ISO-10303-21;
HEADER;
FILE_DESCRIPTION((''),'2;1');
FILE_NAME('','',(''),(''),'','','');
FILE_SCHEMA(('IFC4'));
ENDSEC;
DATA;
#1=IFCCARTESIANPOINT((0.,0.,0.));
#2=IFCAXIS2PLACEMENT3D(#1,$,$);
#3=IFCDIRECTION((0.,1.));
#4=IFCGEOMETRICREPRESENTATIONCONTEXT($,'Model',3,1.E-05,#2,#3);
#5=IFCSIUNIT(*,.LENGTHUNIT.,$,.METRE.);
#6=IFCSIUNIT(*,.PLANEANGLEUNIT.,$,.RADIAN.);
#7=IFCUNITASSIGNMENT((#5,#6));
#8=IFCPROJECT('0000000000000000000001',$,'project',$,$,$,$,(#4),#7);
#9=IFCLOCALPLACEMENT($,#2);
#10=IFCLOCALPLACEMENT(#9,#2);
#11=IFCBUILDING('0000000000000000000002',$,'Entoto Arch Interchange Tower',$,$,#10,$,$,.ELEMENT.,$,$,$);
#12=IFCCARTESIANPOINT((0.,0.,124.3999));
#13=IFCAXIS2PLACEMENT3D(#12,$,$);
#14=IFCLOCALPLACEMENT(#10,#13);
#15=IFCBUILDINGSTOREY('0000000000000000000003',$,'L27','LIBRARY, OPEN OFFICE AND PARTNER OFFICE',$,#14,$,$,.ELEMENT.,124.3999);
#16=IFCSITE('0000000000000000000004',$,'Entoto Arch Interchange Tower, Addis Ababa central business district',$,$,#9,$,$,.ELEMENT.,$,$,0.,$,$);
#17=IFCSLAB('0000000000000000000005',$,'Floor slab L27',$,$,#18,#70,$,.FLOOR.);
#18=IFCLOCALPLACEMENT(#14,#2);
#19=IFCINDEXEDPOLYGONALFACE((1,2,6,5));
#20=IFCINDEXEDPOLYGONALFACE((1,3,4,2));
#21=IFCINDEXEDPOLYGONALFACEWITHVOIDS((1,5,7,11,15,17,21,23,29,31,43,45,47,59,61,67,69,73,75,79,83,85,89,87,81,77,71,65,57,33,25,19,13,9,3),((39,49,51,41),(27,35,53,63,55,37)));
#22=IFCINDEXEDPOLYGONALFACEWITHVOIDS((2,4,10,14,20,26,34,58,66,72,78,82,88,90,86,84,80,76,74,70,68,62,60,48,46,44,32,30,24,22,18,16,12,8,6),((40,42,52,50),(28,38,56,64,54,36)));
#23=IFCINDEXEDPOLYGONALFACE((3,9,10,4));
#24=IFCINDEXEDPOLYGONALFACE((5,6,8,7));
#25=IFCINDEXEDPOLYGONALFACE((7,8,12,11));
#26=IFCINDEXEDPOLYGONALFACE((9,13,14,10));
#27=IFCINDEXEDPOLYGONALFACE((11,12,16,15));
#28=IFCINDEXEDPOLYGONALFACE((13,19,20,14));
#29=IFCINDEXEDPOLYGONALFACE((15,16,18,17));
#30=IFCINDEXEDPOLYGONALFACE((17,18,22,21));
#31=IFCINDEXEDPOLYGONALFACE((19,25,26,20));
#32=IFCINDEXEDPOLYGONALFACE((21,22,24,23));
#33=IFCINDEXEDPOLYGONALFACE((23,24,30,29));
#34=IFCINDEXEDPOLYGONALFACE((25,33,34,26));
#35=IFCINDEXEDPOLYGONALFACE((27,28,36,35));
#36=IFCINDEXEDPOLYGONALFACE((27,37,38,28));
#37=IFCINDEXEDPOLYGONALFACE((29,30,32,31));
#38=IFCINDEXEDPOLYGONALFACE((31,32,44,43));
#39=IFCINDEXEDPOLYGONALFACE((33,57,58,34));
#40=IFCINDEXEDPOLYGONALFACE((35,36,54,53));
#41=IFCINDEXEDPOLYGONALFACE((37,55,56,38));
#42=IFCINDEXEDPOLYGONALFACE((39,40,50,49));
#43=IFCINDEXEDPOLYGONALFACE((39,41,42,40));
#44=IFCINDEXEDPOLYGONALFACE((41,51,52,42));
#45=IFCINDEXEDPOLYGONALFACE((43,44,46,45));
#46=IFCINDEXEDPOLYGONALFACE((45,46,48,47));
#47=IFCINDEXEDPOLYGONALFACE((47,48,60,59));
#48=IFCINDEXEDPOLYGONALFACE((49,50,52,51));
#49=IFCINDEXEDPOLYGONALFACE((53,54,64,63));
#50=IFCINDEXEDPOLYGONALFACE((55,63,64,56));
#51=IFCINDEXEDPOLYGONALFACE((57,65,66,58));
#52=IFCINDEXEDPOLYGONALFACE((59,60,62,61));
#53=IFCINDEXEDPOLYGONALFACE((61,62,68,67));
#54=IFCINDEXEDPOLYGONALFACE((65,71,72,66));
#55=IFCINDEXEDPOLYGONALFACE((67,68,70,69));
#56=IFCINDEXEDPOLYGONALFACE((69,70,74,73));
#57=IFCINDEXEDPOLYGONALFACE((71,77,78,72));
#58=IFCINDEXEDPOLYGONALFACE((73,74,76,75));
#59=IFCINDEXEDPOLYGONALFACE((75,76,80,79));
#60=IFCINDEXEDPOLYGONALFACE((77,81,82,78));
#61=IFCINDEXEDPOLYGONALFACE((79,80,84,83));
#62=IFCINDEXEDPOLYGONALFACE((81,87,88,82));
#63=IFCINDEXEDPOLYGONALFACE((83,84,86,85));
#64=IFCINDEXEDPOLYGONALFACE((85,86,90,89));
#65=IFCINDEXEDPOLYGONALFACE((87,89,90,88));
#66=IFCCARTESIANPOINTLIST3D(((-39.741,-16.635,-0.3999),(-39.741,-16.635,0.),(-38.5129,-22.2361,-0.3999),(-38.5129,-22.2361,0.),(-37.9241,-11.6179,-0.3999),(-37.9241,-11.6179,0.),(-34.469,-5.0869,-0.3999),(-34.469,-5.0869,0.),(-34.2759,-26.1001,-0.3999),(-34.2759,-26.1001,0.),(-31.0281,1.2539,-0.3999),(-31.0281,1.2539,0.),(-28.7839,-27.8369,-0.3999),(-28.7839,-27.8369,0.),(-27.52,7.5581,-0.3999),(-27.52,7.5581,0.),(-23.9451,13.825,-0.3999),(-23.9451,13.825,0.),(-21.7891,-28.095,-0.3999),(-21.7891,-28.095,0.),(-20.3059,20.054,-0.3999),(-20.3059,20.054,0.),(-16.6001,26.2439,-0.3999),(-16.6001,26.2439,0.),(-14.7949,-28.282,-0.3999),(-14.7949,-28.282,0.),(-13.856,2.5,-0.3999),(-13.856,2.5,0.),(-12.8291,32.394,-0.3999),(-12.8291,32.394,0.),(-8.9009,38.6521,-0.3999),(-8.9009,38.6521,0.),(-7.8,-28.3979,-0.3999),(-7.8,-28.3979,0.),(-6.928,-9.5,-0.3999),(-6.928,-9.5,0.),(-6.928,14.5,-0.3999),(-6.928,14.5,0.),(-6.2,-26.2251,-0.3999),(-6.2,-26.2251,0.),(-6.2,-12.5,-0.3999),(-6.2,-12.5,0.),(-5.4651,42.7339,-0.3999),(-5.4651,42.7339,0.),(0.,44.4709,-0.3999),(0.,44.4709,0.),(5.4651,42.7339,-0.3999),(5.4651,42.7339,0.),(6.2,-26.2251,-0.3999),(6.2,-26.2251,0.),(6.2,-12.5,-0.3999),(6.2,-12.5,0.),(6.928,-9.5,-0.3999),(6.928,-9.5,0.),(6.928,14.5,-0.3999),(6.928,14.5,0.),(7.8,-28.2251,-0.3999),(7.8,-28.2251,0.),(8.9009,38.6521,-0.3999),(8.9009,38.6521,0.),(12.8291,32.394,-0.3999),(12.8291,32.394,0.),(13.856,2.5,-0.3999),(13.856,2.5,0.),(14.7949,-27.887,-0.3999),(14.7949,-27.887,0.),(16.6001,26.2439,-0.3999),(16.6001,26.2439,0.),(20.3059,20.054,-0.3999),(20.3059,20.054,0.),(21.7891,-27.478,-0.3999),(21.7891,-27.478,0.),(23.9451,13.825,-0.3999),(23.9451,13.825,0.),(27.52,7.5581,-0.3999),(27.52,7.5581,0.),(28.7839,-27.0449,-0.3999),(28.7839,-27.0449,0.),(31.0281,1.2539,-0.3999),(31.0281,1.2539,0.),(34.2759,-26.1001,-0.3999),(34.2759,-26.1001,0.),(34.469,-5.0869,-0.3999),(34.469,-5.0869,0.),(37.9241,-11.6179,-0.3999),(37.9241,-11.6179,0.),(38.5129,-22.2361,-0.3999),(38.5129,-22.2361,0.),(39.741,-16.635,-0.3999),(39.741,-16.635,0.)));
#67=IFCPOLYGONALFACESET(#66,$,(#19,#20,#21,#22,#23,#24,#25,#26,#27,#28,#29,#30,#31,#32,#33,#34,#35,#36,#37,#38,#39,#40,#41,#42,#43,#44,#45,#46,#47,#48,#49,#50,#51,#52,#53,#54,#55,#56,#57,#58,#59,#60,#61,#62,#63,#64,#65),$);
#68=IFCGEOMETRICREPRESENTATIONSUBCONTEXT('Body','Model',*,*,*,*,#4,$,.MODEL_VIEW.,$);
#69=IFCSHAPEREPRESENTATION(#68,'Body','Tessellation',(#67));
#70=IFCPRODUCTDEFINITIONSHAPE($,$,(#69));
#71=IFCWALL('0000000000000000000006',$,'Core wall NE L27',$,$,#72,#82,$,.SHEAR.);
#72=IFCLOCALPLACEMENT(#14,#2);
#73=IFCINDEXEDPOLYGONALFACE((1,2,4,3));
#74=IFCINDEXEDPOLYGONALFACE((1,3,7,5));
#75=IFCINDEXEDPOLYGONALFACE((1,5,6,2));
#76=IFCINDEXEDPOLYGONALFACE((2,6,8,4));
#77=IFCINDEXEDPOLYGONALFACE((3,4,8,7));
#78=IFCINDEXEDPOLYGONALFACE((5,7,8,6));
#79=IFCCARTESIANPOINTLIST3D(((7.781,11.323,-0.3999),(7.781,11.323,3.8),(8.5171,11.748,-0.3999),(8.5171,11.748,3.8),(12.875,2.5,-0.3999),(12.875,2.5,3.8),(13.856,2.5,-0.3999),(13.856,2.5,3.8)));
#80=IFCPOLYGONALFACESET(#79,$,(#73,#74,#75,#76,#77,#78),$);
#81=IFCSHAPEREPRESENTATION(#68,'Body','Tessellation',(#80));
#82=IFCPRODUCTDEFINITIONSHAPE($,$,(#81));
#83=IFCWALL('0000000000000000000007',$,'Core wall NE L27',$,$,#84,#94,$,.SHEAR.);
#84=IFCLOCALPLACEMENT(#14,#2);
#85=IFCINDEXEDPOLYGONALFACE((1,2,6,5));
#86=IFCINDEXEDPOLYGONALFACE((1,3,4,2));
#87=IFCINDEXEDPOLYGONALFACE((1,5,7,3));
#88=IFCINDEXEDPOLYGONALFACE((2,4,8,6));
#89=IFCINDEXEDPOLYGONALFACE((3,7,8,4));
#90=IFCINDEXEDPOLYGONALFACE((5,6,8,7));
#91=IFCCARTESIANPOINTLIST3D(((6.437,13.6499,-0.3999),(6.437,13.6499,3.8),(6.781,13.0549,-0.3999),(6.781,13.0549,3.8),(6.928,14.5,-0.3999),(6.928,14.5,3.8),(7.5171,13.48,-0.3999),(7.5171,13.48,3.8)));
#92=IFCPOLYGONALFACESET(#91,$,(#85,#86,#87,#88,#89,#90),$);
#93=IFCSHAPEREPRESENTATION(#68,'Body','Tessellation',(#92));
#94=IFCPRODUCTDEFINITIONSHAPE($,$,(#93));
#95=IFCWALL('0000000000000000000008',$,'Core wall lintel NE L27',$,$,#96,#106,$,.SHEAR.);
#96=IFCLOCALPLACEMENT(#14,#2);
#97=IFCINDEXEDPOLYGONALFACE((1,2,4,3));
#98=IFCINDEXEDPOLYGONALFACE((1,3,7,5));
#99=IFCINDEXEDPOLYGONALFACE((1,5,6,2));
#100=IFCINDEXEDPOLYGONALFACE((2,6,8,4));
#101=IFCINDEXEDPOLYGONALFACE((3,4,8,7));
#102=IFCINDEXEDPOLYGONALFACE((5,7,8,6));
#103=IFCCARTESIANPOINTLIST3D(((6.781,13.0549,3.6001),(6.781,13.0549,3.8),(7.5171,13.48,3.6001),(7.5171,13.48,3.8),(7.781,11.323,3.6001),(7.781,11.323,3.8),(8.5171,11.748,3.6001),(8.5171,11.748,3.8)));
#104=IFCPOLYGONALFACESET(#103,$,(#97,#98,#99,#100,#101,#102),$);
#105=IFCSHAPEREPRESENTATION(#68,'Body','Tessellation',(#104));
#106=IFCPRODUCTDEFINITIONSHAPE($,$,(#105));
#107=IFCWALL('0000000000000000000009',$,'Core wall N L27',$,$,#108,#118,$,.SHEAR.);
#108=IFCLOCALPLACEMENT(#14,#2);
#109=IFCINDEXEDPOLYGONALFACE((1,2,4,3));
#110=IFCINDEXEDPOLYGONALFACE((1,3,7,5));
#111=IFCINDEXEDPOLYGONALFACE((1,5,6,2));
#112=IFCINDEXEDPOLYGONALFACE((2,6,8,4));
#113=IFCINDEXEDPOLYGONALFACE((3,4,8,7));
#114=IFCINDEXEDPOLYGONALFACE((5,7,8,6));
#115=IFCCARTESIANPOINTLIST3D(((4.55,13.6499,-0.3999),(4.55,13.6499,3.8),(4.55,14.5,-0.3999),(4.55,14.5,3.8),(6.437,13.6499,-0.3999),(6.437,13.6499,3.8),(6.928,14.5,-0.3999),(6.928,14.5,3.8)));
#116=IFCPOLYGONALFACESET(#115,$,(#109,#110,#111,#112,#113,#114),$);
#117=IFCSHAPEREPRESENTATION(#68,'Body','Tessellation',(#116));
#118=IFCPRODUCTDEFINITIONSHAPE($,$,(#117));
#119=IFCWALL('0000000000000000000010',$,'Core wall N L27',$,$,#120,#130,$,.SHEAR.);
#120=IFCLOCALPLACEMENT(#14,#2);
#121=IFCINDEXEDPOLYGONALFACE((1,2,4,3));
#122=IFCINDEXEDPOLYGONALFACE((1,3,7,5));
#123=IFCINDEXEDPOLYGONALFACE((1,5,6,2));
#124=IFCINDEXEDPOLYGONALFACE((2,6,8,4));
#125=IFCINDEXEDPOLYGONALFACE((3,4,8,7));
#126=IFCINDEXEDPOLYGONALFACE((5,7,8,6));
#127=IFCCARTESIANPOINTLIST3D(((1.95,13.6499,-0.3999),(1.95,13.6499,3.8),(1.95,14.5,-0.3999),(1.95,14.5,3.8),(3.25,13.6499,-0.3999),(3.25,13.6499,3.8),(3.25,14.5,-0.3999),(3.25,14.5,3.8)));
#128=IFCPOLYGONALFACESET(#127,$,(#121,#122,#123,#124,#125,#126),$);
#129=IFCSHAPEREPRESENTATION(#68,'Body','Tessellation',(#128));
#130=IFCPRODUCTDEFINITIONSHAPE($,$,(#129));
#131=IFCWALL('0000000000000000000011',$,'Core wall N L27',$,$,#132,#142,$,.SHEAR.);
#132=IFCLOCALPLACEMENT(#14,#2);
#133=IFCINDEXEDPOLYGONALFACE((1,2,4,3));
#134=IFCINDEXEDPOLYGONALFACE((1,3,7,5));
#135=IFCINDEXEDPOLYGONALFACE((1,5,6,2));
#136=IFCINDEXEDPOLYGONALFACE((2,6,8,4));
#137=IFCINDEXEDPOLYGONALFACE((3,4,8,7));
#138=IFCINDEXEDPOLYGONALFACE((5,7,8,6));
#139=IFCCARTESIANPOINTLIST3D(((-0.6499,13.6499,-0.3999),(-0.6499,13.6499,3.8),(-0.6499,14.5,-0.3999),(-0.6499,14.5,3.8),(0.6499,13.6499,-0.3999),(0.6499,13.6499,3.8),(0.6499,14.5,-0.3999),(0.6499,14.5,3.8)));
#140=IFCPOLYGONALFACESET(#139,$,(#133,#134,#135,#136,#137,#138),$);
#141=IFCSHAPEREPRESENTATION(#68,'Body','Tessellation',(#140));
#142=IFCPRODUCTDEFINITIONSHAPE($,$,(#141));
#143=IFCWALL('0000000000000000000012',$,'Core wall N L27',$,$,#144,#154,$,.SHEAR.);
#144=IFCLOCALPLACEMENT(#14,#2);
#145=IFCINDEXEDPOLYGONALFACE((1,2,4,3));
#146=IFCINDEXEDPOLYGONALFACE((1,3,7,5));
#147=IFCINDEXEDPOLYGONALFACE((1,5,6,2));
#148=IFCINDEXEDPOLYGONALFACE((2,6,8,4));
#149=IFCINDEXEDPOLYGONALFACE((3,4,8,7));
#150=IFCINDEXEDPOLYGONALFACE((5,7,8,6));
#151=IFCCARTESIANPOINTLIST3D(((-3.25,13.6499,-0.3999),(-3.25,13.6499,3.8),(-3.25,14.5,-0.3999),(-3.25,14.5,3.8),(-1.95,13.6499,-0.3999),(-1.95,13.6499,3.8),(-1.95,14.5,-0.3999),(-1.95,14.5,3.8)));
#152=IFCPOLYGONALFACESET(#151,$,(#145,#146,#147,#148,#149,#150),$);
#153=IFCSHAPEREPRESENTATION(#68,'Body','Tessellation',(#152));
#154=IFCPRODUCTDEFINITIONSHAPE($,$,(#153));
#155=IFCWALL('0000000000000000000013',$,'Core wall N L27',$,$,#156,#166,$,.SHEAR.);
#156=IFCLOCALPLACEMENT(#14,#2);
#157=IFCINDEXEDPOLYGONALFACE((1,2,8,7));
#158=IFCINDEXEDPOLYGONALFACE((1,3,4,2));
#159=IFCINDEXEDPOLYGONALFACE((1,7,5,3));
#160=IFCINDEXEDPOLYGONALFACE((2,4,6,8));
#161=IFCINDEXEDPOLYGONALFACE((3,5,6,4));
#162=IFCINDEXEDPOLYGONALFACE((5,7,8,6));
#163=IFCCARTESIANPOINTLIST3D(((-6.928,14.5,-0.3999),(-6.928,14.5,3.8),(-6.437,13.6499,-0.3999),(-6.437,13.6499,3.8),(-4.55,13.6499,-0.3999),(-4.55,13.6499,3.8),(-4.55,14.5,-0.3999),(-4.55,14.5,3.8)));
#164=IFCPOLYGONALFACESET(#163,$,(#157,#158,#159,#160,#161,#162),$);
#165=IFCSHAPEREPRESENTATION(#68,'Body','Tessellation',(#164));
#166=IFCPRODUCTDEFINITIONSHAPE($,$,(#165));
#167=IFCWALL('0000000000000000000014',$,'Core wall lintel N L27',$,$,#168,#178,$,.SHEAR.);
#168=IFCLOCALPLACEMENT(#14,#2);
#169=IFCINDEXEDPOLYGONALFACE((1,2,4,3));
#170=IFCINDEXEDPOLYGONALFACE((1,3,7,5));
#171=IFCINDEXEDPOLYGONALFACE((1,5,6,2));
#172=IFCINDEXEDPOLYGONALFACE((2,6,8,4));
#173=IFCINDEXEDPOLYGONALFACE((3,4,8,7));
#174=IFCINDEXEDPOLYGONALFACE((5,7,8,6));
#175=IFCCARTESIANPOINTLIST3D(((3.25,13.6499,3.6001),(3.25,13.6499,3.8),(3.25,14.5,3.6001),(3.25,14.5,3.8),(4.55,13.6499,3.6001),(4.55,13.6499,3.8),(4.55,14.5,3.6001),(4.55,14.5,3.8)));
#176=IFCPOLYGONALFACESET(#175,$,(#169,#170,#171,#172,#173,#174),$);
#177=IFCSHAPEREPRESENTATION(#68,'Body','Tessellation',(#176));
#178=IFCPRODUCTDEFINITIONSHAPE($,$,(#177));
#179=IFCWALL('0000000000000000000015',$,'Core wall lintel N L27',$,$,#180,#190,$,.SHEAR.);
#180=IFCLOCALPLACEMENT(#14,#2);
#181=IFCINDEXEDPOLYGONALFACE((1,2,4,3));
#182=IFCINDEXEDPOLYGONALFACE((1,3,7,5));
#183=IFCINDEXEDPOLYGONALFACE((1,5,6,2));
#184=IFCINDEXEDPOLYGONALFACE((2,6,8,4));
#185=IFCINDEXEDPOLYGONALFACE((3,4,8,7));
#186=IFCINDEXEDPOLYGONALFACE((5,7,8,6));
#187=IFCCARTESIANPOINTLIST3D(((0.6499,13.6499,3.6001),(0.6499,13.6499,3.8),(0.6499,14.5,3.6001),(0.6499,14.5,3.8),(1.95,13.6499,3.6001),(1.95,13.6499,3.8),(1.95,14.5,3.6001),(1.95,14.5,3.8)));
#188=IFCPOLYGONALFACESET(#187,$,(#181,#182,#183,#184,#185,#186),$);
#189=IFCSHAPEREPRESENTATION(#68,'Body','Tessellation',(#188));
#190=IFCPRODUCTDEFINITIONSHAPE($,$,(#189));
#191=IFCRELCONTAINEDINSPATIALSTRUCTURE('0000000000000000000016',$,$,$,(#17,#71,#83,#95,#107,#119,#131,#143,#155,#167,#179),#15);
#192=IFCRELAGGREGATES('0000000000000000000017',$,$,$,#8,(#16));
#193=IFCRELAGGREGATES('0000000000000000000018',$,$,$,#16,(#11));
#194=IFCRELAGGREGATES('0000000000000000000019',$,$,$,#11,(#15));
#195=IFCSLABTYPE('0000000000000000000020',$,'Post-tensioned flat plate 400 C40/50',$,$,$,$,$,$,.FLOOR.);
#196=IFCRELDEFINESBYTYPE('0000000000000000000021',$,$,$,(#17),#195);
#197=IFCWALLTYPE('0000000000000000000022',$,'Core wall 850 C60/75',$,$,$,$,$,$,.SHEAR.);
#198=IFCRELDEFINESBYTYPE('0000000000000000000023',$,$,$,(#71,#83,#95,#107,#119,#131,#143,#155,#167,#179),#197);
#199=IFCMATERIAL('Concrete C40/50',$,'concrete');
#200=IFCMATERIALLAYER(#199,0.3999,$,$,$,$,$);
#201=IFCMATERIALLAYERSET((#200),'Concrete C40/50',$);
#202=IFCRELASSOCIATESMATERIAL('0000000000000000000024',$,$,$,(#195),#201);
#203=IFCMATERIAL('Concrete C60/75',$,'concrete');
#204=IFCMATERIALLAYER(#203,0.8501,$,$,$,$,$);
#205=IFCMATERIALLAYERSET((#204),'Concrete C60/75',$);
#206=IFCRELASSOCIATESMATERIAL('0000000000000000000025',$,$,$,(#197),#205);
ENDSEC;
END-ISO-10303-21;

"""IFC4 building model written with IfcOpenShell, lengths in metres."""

from ifc_helpers import new_model, si_unit, direction, frame, origin, place, context, subcontext, project, spatial, polyline, outline, extrude, material, layer, layer_set, type_object, element, save


model = new_model("IFC4")

# Units and contexts
model_context = context("Model", 3, precision=1e-05, world=origin(), true_north=direction((0.0, 1.0)))
body_context = subcontext(model_context, "Body", "Model", "MODEL_VIEW")
ifc_project = project(units=[si_unit("LENGTHUNIT", "METRE"), si_unit("PLANEANGLEUNIT", "RADIAN")], contexts=[model_context])

# Site, building, storey
site_placement = place(None, origin())
site = spatial("IfcSite", under=ifc_project, at=site_placement, Name="Entoto Arch Interchange Tower, Addis Ababa central business district", CompositionType="ELEMENT", RefElevation=0.0)
building_placement = place(site_placement, origin())
building = spatial("IfcBuilding", under=site, at=building_placement, Name="Entoto Arch Interchange Tower", CompositionType="ELEMENT")
storey_placement = place(building_placement, frame((0.0, 0.0, 124.3999)))
storey = spatial("IfcBuildingStorey", under=building, at=storey_placement, Name="L27", Description="LIBRARY, OPEN OFFICE AND PARTNER OFFICE", CompositionType="ELEMENT", Elevation=124.3999)

# Slab
ifc_material_1 = material(Name="Concrete C40/50", Category="concrete")
ifc_layer_1 = layer(ifc_material_1, 0.3999)
ifc_layer_set_1 = layer_set([ifc_layer_1], Name="Concrete C40/50")
slab_type = type_object("IfcSlabType", Name="Post-tensioned flat plate 400 C40/50", PredefinedType="FLOOR", material=ifc_layer_set_1)
slab_placement = place(storey_placement, frame((0.0, 0.0, -0.3999)))
element("IfcSlab", 1, at=slab_placement, inside=storey, type_object=slab_type, Name="Floor slab L27", PredefinedType="FLOOR", context=body_context, shape_type="SweptSolid", body=[
    extrude(outline(polyline([(-28.7839, -27.8369), (-21.7891, -28.095), (-14.7949, -28.282), (-7.8, -28.3979), (7.8, -28.2251), (14.7949, -27.887), (21.7891, -27.478), (28.7839, -27.0449), (34.2759, -26.1001), (38.5129, -22.2361), (39.741, -16.635), (37.9241, -11.6179), (34.469, -5.0869), (31.0281, 1.2539), (27.52, 7.5581), (23.9451, 13.825), (20.3059, 20.054), (16.6001, 26.2439), (12.8291, 32.394), (8.9009, 38.6521), (5.4651, 42.7339), (0.0, 44.4709), (-5.4651, 42.7339), (-8.9009, 38.6521), (-12.8291, 32.394), (-16.6001, 26.2439), (-20.3059, 20.054), (-23.9451, 13.825), (-27.52, 7.5581), (-31.0281, 1.2539), (-34.469, -5.0869), (-37.9241, -11.6179), (-39.741, -16.635), (-38.5129, -22.2361), (-34.2759, -26.1001), (-28.7839, -27.8369)]), holes=[polyline([(6.2, -26.2251), (6.2, -12.5), (-6.2, -12.5), (-6.2, -26.2251), (6.2, -26.2251)]), polyline([(13.856, 2.5), (6.928, 14.5), (-6.928, 14.5), (-13.856, 2.5), (-6.928, -9.5), (6.928, -9.5), (13.856, 2.5)])]), origin(), (0.0, 0.0, 1.0), 0.3999),
])

# Walls
ifc_material_2 = material(Name="Concrete C60/75", Category="concrete")
ifc_layer_2 = layer(ifc_material_2, 0.8501)
ifc_layer_set_2 = layer_set([ifc_layer_2], Name="Concrete C60/75")
wall_type_1 = type_object("IfcWallType", Name="Core wall 850 C60/75", PredefinedType="SHEAR", material=ifc_layer_set_2)
wall_1_placement = place(storey_placement, frame((0.0, 0.0, -0.3999)))
element("IfcWall", 2, at=wall_1_placement, inside=storey, type_object=wall_type_1, Name="Core wall NE L27", PredefinedType="SHEAR", context=body_context, shape_type="SweptSolid", body=[
    extrude(outline(polyline([(8.5171, 11.748), (7.781, 11.323), (12.875, 2.5), (13.856, 2.5), (8.5171, 11.748)])), origin(), (0.0, 0.0, 1.0), 4.2),
])
wall_2_placement = place(storey_placement, frame((0.0, 0.0, -0.3999)))
element("IfcWall", 3, at=wall_2_placement, inside=storey, type_object=wall_type_1, Name="Core wall NE L27", PredefinedType="SHEAR", context=body_context, shape_type="SweptSolid", body=[
    extrude(outline(polyline([(6.781, 13.0549), (7.5171, 13.48), (6.928, 14.5), (6.437, 13.6499), (6.781, 13.0549)])), origin(), (0.0, 0.0, 1.0), 4.2),
])
wall_3_placement = place(storey_placement, frame((0.0, 0.0, 3.6001)))
element("IfcWall", 4, at=wall_3_placement, inside=storey, type_object=wall_type_1, Name="Core wall lintel NE L27", PredefinedType="SHEAR", context=body_context, shape_type="SweptSolid", body=[
    extrude(outline(polyline([(7.5171, 13.48), (6.781, 13.0549), (7.781, 11.323), (8.5171, 11.748), (7.5171, 13.48)])), origin(), (0.0, 0.0, 1.0), 0.2),
])
wall_4_placement = place(storey_placement, frame((0.0, 0.0, -0.3999)))
element("IfcWall", 5, at=wall_4_placement, inside=storey, type_object=wall_type_1, Name="Core wall N L27", PredefinedType="SHEAR", context=body_context, shape_type="SweptSolid", body=[
    extrude(outline(polyline([(4.55, 14.5), (4.55, 13.6499), (6.437, 13.6499), (6.928, 14.5), (4.55, 14.5)])), origin(), (0.0, 0.0, 1.0), 4.2),
])
wall_5_placement = place(storey_placement, frame((0.0, 0.0, -0.3999)))
element("IfcWall", 6, at=wall_5_placement, inside=storey, type_object=wall_type_1, Name="Core wall N L27", PredefinedType="SHEAR", context=body_context, shape_type="SweptSolid", body=[
    extrude(outline(polyline([(1.95, 14.5), (1.95, 13.6499), (3.25, 13.6499), (3.25, 14.5), (1.95, 14.5)])), origin(), (0.0, 0.0, 1.0), 4.2),
])
wall_6_placement = place(storey_placement, frame((0.0, 0.0, -0.3999)))
element("IfcWall", 7, at=wall_6_placement, inside=storey, type_object=wall_type_1, Name="Core wall N L27", PredefinedType="SHEAR", context=body_context, shape_type="SweptSolid", body=[
    extrude(outline(polyline([(-0.6499, 14.5), (-0.6499, 13.6499), (0.6499, 13.6499), (0.6499, 14.5), (-0.6499, 14.5)])), origin(), (0.0, 0.0, 1.0), 4.2),
])
wall_7_placement = place(storey_placement, frame((0.0, 0.0, -0.3999)))
element("IfcWall", 8, at=wall_7_placement, inside=storey, type_object=wall_type_1, Name="Core wall N L27", PredefinedType="SHEAR", context=body_context, shape_type="SweptSolid", body=[
    extrude(outline(polyline([(-3.25, 14.5), (-3.25, 13.6499), (-1.95, 13.6499), (-1.95, 14.5), (-3.25, 14.5)])), origin(), (0.0, 0.0, 1.0), 4.2),
])
wall_8_placement = place(storey_placement, frame((0.0, 0.0, -0.3999)))
element("IfcWall", 9, at=wall_8_placement, inside=storey, type_object=wall_type_1, Name="Core wall N L27", PredefinedType="SHEAR", context=body_context, shape_type="SweptSolid", body=[
    extrude(outline(polyline([(-4.55, 13.6499), (-4.55, 14.5), (-6.928, 14.5), (-6.437, 13.6499), (-4.55, 13.6499)])), origin(), (0.0, 0.0, 1.0), 4.2),
])
wall_9_placement = place(storey_placement, frame((0.0, 0.0, 3.6001)))
element("IfcWall", 10, at=wall_9_placement, inside=storey, type_object=wall_type_1, Name="Core wall lintel N L27", PredefinedType="SHEAR", context=body_context, shape_type="SweptSolid", body=[
    extrude(outline(polyline([(3.25, 14.5), (3.25, 13.6499), (4.55, 13.6499), (4.55, 14.5), (3.25, 14.5)])), origin(), (0.0, 0.0, 1.0), 0.2),
])
wall_10_placement = place(storey_placement, frame((0.0, 0.0, 3.6001)))
element("IfcWall", 11, at=wall_10_placement, inside=storey, type_object=wall_type_1, Name="Core wall lintel N L27", PredefinedType="SHEAR", context=body_context, shape_type="SweptSolid", body=[
    extrude(outline(polyline([(0.6499, 14.5), (0.6499, 13.6499), (1.95, 13.6499), (1.95, 14.5), (0.6499, 14.5)])), origin(), (0.0, 0.0, 1.0), 0.2),
])

save(model, "model.ifc")
